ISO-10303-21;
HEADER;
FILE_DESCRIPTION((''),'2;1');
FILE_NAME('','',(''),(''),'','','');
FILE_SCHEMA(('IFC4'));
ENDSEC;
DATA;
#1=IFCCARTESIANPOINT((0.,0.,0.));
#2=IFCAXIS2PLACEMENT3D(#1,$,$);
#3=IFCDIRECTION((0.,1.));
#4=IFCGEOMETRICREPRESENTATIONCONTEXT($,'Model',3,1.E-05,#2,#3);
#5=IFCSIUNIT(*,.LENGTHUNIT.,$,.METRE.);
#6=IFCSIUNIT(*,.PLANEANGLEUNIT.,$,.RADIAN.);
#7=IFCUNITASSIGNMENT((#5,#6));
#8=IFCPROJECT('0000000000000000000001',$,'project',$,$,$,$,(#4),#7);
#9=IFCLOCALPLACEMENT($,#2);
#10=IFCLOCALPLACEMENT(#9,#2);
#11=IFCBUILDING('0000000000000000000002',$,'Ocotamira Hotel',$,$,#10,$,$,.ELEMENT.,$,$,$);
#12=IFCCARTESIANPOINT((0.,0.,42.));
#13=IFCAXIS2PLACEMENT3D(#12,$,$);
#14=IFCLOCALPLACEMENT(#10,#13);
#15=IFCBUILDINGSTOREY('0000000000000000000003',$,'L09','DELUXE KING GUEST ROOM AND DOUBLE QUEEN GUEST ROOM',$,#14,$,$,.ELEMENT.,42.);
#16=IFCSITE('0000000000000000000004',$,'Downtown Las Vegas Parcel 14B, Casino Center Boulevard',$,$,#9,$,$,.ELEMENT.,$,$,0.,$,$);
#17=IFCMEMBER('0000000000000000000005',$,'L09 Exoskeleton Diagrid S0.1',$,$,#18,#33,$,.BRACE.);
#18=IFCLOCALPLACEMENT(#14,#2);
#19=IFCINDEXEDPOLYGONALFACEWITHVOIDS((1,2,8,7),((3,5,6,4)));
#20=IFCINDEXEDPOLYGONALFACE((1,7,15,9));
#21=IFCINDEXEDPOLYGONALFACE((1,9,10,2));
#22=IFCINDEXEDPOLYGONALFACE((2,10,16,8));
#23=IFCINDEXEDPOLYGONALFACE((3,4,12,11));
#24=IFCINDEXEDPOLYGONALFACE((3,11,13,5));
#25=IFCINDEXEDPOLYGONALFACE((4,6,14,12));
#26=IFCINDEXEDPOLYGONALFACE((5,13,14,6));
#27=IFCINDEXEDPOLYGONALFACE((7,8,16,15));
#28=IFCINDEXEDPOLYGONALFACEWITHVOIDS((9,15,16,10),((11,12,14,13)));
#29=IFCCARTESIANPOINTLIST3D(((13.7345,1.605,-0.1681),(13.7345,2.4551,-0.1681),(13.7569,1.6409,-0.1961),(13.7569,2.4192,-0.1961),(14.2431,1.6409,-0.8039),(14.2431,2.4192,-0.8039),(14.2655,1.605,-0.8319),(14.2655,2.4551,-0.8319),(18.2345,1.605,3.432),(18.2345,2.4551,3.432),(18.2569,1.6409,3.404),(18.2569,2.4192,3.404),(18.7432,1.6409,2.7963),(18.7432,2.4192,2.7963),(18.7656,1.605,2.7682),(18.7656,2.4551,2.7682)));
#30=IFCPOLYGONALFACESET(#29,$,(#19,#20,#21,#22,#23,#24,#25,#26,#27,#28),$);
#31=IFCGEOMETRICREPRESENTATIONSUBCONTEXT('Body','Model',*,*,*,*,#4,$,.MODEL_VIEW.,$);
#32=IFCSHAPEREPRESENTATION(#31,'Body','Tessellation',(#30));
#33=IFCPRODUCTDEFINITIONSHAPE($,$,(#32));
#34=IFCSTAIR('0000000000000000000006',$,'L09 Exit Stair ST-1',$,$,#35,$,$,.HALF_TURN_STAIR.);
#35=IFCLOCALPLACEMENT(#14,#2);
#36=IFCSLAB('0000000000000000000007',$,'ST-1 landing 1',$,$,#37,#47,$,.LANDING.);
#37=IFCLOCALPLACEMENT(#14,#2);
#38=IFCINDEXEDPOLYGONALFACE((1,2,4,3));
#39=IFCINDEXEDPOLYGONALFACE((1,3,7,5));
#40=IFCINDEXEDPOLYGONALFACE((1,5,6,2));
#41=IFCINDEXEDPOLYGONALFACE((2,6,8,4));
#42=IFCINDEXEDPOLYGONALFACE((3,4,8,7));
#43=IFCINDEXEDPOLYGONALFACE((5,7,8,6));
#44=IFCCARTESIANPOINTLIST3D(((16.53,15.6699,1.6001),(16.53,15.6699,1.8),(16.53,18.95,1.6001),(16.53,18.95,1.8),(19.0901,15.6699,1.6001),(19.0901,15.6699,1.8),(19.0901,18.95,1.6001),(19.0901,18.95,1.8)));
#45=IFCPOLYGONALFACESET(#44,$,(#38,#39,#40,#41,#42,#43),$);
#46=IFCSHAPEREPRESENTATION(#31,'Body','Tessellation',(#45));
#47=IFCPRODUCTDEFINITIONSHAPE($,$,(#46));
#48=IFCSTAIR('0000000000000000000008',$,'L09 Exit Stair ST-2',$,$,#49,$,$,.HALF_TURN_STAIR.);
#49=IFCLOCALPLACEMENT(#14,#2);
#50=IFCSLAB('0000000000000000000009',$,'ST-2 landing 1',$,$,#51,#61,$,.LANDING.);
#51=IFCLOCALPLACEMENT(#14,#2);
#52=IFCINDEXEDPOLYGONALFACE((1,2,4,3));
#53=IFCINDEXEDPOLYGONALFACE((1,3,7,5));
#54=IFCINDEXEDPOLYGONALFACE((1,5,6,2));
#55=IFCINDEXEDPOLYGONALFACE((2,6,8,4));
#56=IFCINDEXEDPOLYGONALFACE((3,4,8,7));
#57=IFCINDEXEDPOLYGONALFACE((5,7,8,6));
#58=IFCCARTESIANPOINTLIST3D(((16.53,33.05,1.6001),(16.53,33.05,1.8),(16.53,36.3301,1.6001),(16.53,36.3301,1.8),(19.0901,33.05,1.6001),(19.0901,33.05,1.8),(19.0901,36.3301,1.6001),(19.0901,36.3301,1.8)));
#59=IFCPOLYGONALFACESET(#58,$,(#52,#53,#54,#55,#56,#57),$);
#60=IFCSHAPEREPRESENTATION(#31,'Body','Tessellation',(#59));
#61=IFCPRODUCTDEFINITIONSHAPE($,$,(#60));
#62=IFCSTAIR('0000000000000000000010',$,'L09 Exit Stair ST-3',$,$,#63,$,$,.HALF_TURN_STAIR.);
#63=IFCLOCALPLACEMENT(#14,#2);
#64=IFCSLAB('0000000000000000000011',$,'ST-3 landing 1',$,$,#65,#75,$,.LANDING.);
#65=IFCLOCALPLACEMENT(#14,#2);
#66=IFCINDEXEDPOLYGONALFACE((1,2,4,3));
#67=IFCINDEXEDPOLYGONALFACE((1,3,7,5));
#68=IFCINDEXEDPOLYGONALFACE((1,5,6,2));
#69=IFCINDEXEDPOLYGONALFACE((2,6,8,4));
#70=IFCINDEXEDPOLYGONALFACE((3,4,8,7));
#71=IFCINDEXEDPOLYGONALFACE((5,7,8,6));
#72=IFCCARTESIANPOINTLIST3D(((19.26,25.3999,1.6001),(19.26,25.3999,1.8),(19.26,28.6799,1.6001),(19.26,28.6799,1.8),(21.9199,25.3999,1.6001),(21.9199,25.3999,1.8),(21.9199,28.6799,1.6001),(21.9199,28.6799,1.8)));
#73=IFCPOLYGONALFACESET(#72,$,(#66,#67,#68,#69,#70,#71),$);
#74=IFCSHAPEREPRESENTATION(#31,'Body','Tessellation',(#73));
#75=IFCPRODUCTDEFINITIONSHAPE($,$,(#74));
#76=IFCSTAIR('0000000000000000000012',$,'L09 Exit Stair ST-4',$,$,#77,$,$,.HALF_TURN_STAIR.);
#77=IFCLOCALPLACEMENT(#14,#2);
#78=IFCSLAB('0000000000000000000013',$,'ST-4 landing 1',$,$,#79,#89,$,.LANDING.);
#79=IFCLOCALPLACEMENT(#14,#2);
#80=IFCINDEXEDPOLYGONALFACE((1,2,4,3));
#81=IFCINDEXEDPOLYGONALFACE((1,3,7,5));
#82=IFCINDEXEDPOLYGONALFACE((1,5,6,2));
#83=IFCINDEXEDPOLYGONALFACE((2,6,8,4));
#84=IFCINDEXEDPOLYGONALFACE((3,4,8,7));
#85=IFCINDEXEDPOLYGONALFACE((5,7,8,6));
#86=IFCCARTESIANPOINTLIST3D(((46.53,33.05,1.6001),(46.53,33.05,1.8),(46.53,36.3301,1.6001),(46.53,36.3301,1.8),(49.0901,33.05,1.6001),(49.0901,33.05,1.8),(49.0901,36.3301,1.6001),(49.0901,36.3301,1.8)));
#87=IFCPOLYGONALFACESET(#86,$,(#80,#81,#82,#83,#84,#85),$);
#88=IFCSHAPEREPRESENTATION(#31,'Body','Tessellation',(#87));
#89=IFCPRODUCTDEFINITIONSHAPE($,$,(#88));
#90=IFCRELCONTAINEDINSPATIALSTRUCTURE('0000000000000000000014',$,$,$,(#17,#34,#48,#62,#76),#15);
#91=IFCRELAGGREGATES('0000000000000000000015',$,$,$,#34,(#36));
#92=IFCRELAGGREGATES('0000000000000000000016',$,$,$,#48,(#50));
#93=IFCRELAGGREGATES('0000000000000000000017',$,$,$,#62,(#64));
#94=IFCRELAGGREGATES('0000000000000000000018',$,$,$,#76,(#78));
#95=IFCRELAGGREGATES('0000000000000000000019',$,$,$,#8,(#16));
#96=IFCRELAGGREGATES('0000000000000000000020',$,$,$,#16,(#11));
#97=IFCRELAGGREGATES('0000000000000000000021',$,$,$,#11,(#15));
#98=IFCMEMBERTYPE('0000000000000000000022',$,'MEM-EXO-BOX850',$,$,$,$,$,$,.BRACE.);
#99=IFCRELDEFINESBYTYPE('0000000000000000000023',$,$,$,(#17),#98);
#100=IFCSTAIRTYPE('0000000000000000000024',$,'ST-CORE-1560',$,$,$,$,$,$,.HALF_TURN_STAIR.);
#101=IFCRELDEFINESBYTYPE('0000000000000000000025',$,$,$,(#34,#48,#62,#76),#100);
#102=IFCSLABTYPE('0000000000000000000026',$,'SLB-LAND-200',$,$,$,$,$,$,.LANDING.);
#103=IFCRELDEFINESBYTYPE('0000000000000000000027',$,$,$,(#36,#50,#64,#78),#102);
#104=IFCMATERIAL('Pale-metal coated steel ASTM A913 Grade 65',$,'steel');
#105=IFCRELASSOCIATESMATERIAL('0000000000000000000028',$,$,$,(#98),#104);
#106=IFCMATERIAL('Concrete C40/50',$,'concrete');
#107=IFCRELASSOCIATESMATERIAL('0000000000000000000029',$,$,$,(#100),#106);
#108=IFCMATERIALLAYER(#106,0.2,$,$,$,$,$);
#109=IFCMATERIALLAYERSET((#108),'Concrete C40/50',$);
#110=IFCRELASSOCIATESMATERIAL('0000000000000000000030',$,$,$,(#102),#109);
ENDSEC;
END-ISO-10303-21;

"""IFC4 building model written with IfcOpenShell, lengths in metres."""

from ifc_helpers import new_model, si_unit, direction, frame, origin, origin_2d, place, context, subcontext, project, spatial, polyline, hollow_rectangle, outline, extrude, source, transform, mapped, material, layer, layer_set, material_profile, profile_set, type_object, element, aggregate, save


model = new_model("IFC4")

# Units and contexts
model_context = context("Model", 3, precision=1e-05, world=origin(), true_north=direction((0.0, 1.0)))
body_context = subcontext(model_context, "Body", "Model", "MODEL_VIEW")
ifc_project = project(units=[si_unit("LENGTHUNIT", "METRE"), si_unit("PLANEANGLEUNIT", "RADIAN")], contexts=[model_context])

# Site, building, storey
site_placement = place(None, origin())
site = spatial("IfcSite", under=ifc_project, at=site_placement, Name="Downtown Las Vegas Parcel 14B, Casino Center Boulevard", CompositionType="ELEMENT", RefElevation=0.0)
building_placement = place(site_placement, origin())
building = spatial("IfcBuilding", under=site, at=building_placement, Name="Ocotamira Hotel", CompositionType="ELEMENT")
storey_placement = place(building_placement, frame((0.0, 0.0, 42.0)))
storey = spatial("IfcBuildingStorey", under=building, at=storey_placement, Name="L09", Description="DELUXE KING GUEST ROOM AND DOUBLE QUEEN GUEST ROOM", CompositionType="ELEMENT", Elevation=42.0)

# Member
ifc_material_1 = material(Name="Pale-metal coated steel ASTM A913 Grade 65", Category="steel")
ifc_material_profile = material_profile(ifc_material_1, hollow_rectangle(XDim=0.8501, YDim=0.8501, WallThickness=0.0359, at=origin_2d()), Name="BOX850X850X36")
ifc_profile_set = profile_set([ifc_material_profile], Name="Pale-metal coated steel ASTM A913 Grade 65")
member_type = type_object("IfcMemberType", Name="MEM-EXO-BOX850", PredefinedType="BRACE", material=ifc_profile_set)
shared_shape_1 = source(origin(), body_context, "Body", "SweptSolid", [
    extrude(hollow_rectangle(XDim=0.8501, YDim=0.8501, WallThickness=0.0359, at=origin_2d()), origin(), (0.0, 0.0, 1.0), 5.7629),
])
member_placement = place(storey_placement, frame((14.0, 2.03, -0.5), z_axis=(0.780861, 0.0, 0.624705), x_axis=(0.0, 1.0, 0.0)))
element("IfcMember", 1, at=member_placement, inside=storey, type_object=member_type, Name="L09 Exoskeleton Diagrid S0.1", PredefinedType="BRACE", context=body_context, shape_type="MappedRepresentation", body=[
    mapped(shared_shape_1, transform((0.0, 0.0, 0.0), scale=1.0)),
])

# Stairs, slabs
ifc_material_2 = material(Name="Concrete C40/50", Category="concrete")
stair_type = type_object("IfcStairType", Name="ST-CORE-1560", PredefinedType="HALF_TURN_STAIR", material=ifc_material_2)
stair_1_placement = place(storey_placement, origin())
stair_1 = element("IfcStair", 2, at=stair_1_placement, inside=storey, type_object=stair_type, Name="L09 Exit Stair ST-1", PredefinedType="HALF_TURN_STAIR")
ifc_layer_1 = layer(ifc_material_2, 0.2)
ifc_layer_set_1 = layer_set([ifc_layer_1], Name="Concrete C40/50")
slab_type_1 = type_object("IfcSlabType", Name="SLB-LAND-200", PredefinedType="LANDING", material=ifc_layer_set_1)
slab_1_placement = place(storey_placement, frame((0.0, 0.0, 1.6001)))
slab_1 = element("IfcSlab", 3, at=slab_1_placement, type_object=slab_type_1, Name="ST-1 landing 1", PredefinedType="LANDING", context=body_context, shape_type="SweptSolid", body=[
    extrude(outline(polyline([(16.53, 15.6699), (19.0901, 15.6699), (19.0901, 18.95), (16.53, 18.95), (16.53, 15.6699)])), origin(), (0.0, 0.0, 1.0), 0.2),
])
aggregate(stair_1, [slab_1])
stair_2_placement = place(storey_placement, origin())
stair_2 = element("IfcStair", 4, at=stair_2_placement, inside=storey, type_object=stair_type, Name="L09 Exit Stair ST-2", PredefinedType="HALF_TURN_STAIR")
slab_2_placement = place(storey_placement, frame((0.0, 0.0, 1.6001)))
slab_2 = element("IfcSlab", 5, at=slab_2_placement, type_object=slab_type_1, Name="ST-2 landing 1", PredefinedType="LANDING", context=body_context, shape_type="SweptSolid", body=[
    extrude(outline(polyline([(16.53, 33.05), (19.0901, 33.05), (19.0901, 36.3301), (16.53, 36.3301), (16.53, 33.05)])), origin(), (0.0, 0.0, 1.0), 0.2),
])
aggregate(stair_2, [slab_2])
stair_3_placement = place(storey_placement, origin())
stair_3 = element("IfcStair", 6, at=stair_3_placement, inside=storey, type_object=stair_type, Name="L09 Exit Stair ST-3", PredefinedType="HALF_TURN_STAIR")
slab_3_placement = place(storey_placement, frame((0.0, 0.0, 1.6001)))
slab_3 = element("IfcSlab", 7, at=slab_3_placement, type_object=slab_type_1, Name="ST-3 landing 1", PredefinedType="LANDING", context=body_context, shape_type="SweptSolid", body=[
    extrude(outline(polyline([(19.26, 25.3999), (21.9199, 25.3999), (21.9199, 28.6799), (19.26, 28.6799), (19.26, 25.3999)])), origin(), (0.0, 0.0, 1.0), 0.2),
])
aggregate(stair_3, [slab_3])
stair_4_placement = place(storey_placement, origin())
stair_4 = element("IfcStair", 8, at=stair_4_placement, inside=storey, type_object=stair_type, Name="L09 Exit Stair ST-4", PredefinedType="HALF_TURN_STAIR")
slab_4_placement = place(storey_placement, frame((0.0, 0.0, 1.6001)))
slab_4 = element("IfcSlab", 9, at=slab_4_placement, type_object=slab_type_1, Name="ST-4 landing 1", PredefinedType="LANDING", context=body_context, shape_type="SweptSolid", body=[
    extrude(outline(polyline([(46.53, 33.05), (49.0901, 33.05), (49.0901, 36.3301), (46.53, 36.3301), (46.53, 33.05)])), origin(), (0.0, 0.0, 1.0), 0.2),
])
aggregate(stair_4, [slab_4])

save(model, "model.ifc")
